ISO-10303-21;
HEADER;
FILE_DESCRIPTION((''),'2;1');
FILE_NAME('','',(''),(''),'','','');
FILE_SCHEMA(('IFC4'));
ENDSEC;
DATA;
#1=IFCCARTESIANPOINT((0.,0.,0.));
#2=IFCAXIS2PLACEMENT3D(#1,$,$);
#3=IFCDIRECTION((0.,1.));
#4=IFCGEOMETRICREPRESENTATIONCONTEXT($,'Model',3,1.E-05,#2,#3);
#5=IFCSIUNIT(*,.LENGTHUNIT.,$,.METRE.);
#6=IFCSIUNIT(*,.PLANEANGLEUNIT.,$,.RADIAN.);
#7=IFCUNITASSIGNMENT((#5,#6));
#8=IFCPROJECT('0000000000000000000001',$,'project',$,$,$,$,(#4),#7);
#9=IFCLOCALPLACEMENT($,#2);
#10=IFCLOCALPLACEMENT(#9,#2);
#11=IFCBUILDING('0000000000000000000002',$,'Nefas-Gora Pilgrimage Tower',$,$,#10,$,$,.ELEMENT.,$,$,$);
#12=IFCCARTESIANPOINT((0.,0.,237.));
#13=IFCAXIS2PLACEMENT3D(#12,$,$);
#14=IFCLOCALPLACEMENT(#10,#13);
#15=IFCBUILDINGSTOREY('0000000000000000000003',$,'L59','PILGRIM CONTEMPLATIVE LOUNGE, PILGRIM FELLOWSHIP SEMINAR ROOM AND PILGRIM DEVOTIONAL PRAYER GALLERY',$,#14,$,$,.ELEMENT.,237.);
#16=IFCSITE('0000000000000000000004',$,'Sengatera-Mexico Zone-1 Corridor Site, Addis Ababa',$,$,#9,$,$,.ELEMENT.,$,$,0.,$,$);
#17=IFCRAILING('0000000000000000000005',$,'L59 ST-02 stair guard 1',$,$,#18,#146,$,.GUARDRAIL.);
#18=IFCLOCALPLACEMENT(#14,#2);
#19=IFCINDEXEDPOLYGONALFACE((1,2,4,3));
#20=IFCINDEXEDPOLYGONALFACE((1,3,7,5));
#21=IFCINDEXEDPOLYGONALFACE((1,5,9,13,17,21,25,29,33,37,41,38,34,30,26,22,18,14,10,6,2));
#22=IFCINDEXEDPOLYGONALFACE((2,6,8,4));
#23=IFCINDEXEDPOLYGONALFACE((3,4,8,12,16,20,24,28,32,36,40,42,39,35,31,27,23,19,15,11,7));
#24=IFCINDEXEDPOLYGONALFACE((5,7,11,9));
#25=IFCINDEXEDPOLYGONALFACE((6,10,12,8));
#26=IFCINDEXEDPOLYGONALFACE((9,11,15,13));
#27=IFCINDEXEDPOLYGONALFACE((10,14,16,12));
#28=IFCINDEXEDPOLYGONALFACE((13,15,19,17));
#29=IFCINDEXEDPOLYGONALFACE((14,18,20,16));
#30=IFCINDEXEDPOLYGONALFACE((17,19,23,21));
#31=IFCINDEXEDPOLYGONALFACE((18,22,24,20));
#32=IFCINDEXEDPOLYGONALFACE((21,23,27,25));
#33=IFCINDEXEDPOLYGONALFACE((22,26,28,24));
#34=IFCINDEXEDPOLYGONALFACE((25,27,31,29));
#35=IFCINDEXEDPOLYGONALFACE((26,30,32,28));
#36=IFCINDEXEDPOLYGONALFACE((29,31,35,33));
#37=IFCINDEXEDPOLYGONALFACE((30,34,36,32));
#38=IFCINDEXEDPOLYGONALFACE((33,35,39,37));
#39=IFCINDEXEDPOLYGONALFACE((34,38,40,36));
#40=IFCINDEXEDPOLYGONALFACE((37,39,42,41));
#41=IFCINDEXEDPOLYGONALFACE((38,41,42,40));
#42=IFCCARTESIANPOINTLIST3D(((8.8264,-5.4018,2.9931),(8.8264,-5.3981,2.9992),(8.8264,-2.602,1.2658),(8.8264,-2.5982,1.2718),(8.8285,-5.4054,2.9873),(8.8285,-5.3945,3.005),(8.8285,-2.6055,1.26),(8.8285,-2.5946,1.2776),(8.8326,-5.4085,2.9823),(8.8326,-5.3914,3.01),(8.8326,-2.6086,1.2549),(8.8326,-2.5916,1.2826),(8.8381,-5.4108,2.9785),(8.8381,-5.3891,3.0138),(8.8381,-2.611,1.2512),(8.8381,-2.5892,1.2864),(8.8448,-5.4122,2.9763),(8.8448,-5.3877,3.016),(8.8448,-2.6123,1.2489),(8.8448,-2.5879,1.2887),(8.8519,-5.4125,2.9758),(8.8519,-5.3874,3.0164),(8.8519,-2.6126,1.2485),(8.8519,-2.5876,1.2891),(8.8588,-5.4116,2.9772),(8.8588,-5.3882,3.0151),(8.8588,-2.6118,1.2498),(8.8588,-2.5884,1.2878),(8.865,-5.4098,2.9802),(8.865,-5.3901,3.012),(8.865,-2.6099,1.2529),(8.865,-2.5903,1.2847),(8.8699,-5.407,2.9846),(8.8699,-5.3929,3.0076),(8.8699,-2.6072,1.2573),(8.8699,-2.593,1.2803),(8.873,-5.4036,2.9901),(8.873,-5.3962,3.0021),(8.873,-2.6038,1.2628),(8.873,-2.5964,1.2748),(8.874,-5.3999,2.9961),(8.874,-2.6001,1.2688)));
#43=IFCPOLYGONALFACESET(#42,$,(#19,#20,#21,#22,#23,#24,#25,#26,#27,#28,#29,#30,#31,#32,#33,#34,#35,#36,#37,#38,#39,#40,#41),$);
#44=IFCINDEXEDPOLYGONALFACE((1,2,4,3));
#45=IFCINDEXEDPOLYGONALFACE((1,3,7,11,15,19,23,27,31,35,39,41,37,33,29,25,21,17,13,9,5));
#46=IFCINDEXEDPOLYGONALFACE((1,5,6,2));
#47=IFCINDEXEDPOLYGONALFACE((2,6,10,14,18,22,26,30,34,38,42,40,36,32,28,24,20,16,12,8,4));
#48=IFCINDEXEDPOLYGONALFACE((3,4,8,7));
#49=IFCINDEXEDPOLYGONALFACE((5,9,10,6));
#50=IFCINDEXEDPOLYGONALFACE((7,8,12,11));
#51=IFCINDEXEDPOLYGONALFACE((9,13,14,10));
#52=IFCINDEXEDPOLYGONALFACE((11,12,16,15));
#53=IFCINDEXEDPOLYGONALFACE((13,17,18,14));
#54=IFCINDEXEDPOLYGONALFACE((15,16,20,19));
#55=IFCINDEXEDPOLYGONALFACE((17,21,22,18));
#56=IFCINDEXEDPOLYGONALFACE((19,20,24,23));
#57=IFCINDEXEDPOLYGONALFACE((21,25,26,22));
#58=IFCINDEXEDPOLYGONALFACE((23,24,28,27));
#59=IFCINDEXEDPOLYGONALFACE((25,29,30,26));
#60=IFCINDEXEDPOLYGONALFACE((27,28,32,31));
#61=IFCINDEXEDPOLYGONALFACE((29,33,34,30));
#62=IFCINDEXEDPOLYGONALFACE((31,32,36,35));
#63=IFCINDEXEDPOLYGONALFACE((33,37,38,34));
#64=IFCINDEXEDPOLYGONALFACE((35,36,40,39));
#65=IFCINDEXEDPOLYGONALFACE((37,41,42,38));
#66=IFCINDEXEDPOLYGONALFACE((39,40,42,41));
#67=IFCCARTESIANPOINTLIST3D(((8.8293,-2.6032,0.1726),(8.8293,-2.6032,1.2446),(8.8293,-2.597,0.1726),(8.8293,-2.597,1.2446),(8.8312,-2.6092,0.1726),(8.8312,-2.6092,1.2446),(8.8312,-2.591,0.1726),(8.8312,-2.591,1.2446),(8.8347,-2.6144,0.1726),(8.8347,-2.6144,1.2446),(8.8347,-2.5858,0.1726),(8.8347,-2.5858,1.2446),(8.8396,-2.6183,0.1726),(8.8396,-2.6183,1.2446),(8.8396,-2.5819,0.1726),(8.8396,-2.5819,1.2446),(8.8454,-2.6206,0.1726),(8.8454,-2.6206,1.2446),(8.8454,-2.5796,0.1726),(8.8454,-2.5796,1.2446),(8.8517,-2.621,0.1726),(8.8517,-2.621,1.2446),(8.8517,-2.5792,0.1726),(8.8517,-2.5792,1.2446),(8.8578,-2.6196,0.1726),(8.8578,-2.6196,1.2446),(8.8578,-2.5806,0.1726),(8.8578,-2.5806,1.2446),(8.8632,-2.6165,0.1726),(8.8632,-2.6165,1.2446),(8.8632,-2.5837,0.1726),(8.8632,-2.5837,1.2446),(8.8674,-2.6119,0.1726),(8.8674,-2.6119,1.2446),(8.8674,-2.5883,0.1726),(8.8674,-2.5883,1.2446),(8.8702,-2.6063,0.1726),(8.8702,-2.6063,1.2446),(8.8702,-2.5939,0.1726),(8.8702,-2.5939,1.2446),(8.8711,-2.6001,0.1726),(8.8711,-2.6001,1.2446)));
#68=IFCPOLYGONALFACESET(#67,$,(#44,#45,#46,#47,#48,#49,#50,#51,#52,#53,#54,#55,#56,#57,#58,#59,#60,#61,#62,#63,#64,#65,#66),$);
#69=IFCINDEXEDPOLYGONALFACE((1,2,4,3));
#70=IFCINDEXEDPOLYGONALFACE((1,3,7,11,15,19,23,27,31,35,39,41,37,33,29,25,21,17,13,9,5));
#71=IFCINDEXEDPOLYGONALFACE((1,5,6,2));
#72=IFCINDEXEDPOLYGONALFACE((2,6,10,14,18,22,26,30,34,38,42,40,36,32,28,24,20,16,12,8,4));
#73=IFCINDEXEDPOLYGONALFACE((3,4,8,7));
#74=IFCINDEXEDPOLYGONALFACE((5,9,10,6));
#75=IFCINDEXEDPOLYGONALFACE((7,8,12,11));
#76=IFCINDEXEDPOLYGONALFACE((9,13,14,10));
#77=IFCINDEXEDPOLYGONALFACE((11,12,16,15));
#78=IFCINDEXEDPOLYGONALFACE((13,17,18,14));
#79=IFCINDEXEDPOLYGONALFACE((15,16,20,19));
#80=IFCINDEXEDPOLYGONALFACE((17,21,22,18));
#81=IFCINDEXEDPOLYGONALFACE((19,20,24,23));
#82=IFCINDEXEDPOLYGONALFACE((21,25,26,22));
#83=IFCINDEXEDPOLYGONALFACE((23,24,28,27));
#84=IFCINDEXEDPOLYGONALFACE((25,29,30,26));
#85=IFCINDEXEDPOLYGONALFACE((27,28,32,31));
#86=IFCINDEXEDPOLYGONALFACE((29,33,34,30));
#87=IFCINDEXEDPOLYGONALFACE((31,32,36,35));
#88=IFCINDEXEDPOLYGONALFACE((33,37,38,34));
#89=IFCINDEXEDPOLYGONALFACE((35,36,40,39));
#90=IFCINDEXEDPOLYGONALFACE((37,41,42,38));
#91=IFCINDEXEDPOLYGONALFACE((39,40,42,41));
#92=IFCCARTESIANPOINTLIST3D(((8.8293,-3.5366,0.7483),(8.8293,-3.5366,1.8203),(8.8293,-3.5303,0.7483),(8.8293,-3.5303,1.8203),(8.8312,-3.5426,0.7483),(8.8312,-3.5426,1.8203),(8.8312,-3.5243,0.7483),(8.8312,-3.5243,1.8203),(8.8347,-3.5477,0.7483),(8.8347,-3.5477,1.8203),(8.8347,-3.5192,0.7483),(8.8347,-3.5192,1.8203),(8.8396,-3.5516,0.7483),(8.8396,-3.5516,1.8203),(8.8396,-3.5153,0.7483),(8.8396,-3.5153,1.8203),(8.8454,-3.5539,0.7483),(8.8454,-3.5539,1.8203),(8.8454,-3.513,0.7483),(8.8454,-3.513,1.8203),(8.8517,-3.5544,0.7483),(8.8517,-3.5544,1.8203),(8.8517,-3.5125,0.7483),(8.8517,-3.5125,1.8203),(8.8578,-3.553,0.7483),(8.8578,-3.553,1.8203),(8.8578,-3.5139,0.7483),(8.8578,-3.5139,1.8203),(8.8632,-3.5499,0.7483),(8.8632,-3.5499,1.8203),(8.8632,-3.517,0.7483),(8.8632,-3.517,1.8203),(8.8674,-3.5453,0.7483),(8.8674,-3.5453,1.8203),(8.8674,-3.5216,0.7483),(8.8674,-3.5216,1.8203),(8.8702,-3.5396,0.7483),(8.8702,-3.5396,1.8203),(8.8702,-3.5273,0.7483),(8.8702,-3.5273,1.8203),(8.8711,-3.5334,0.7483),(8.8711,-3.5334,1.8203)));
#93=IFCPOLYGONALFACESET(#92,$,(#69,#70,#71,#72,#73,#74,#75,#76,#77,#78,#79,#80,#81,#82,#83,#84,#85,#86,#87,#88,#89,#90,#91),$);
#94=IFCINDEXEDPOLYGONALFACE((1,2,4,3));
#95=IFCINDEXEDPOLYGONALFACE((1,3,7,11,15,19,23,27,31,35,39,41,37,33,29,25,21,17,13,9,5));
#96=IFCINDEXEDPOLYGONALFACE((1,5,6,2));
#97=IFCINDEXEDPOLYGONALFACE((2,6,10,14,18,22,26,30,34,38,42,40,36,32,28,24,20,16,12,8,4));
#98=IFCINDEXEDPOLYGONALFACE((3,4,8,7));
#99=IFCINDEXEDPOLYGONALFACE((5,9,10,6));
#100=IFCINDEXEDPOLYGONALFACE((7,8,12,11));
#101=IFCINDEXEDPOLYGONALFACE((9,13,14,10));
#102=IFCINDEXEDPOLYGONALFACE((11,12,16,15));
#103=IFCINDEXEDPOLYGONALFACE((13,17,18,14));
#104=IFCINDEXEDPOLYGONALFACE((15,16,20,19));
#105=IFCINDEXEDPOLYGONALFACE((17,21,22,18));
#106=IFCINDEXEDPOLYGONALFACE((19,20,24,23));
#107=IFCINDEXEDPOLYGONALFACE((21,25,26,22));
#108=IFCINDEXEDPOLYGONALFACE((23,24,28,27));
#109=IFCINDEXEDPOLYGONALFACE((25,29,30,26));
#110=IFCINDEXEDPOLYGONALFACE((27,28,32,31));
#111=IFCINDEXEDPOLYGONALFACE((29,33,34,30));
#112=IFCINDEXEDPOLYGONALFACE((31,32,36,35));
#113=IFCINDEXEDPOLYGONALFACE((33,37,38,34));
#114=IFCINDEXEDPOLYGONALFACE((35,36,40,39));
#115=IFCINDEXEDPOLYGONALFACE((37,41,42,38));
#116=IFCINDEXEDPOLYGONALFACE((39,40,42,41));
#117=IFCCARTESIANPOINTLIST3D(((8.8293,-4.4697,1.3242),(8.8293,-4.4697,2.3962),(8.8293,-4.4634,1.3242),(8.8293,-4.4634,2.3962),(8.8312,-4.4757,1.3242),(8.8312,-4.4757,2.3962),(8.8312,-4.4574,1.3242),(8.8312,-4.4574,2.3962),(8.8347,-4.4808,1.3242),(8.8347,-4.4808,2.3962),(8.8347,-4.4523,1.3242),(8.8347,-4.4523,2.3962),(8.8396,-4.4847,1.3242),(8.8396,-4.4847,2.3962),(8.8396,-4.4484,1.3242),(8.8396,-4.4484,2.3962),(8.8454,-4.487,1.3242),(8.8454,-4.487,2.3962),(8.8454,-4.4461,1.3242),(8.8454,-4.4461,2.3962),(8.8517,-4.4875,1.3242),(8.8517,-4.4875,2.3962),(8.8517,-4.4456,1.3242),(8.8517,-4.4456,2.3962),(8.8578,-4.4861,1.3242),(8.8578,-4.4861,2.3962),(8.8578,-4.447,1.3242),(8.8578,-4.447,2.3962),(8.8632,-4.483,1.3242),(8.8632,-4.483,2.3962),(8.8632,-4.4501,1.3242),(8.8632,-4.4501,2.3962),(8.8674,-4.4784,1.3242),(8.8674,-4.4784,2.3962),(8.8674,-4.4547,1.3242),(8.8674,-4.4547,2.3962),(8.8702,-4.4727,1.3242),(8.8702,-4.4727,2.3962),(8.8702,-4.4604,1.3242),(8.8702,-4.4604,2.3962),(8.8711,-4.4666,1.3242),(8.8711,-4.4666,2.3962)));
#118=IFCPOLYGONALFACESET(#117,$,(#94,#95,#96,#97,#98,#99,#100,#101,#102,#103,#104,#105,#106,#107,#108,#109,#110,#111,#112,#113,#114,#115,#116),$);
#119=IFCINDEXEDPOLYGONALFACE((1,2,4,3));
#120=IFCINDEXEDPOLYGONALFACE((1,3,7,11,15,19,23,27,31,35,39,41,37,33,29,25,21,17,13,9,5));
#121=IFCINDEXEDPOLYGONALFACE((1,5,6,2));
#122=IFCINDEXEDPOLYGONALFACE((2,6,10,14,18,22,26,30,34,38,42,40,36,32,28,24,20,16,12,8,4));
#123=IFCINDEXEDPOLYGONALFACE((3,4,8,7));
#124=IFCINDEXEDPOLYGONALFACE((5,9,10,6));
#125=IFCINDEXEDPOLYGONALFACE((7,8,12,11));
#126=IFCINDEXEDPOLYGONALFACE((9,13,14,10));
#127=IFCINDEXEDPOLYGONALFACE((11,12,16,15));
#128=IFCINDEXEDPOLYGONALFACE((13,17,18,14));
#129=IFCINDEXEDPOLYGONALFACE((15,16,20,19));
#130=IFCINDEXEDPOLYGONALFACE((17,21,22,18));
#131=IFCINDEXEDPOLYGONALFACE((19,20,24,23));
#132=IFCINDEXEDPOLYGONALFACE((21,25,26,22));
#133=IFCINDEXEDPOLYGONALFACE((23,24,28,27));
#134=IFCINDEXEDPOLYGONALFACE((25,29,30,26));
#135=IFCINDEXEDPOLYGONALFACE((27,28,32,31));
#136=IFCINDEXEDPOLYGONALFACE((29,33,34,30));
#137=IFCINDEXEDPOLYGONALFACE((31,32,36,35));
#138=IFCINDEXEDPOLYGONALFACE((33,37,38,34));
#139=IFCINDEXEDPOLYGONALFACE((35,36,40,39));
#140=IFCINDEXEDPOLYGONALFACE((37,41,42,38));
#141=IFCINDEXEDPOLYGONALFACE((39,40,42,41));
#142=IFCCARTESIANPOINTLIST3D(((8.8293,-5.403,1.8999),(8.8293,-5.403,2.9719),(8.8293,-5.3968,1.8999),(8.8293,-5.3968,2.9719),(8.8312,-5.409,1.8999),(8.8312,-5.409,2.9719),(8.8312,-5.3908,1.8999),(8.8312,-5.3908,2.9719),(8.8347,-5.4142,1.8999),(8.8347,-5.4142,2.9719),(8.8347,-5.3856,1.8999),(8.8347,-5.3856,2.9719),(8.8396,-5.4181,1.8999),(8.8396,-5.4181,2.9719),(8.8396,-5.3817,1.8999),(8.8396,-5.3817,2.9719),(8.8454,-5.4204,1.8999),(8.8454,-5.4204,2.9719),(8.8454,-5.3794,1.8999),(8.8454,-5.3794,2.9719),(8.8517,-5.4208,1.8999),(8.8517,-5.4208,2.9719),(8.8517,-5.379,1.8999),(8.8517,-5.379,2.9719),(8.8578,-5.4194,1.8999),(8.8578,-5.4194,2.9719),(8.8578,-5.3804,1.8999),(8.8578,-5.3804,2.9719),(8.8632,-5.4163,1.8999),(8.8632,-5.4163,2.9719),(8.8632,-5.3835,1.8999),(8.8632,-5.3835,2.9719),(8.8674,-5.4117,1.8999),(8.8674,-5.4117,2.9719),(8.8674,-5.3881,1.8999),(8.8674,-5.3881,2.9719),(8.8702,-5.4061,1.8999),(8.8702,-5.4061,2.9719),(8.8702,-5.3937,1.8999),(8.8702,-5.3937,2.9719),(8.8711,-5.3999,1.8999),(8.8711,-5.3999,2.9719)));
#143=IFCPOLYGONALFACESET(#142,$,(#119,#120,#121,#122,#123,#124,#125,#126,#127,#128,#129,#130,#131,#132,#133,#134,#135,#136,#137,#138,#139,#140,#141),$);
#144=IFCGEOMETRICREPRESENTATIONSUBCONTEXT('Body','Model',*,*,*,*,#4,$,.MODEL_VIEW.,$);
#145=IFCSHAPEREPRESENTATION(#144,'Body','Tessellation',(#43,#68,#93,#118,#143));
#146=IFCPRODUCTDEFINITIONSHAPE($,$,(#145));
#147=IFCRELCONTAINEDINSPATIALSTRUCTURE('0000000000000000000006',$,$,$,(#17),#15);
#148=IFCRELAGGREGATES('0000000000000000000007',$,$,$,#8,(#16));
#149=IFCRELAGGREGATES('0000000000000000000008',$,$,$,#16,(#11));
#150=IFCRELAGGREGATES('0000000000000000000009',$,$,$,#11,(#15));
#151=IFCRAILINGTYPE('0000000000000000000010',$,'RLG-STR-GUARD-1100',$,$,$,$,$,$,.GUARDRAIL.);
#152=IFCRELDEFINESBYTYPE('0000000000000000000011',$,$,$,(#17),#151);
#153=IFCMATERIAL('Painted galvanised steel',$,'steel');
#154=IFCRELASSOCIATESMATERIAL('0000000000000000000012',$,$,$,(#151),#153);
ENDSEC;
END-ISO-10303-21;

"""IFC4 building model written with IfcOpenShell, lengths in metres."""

from ifc_helpers import new_model, si_unit, direction, frame, origin, origin_2d, place, context, subcontext, project, spatial, circle, extrude, material, type_object, element, save


model = new_model("IFC4")

# Units and contexts
model_context = context("Model", 3, precision=1e-05, world=origin(), true_north=direction((0.0, 1.0)))
body_context = subcontext(model_context, "Body", "Model", "MODEL_VIEW")
ifc_project = project(units=[si_unit("LENGTHUNIT", "METRE"), si_unit("PLANEANGLEUNIT", "RADIAN")], contexts=[model_context])

# Site, building, storey
site_placement = place(None, origin())
site = spatial("IfcSite", under=ifc_project, at=site_placement, Name="Sengatera-Mexico Zone-1 Corridor Site, Addis Ababa", CompositionType="ELEMENT", RefElevation=0.0)
building_placement = place(site_placement, origin())
building = spatial("IfcBuilding", under=site, at=building_placement, Name="Nefas-Gora Pilgrimage Tower", CompositionType="ELEMENT")
storey_placement = place(building_placement, frame((0.0, 0.0, 237.0)))
storey = spatial("IfcBuildingStorey", under=building, at=storey_placement, Name="L59", Description="PILGRIM CONTEMPLATIVE LOUNGE, PILGRIM FELLOWSHIP SEMINAR ROOM AND PILGRIM DEVOTIONAL PRAYER GALLERY", CompositionType="ELEMENT", Elevation=237.0)

# Railing
ifc_material_1 = material(Name="Painted galvanised steel", Category="steel")
railing_type_1 = type_object("IfcRailingType", Name="RLG-STR-GUARD-1100", PredefinedType="GUARDRAIL", material=ifc_material_1)
railing_1_placement = place(storey_placement, frame((8.8501, -2.6001, 0.1726)))
element("IfcRailing", 1, at=railing_1_placement, inside=storey, type_object=railing_type_1, Name="L59 ST-02 stair guard 1", PredefinedType="GUARDRAIL", context=body_context, shape_type="SweptSolid", body=[
    extrude(circle(Radius=0.0239, at=origin_2d()), frame((0.0, 0.0, 1.0962), z_axis=(0.0, -0.851069, 0.525054), x_axis=(1.0, 0.0, 0.0)), (0.0, 0.0, 1.0), 3.2898),
    extrude(circle(Radius=0.021, at=origin_2d()), origin(), (0.0, 0.0, 1.0), 1.072),
    extrude(circle(Radius=0.021, at=origin_2d()), frame((0.0, -0.9333, 0.5757)), (0.0, 0.0, 1.0), 1.072),
    extrude(circle(Radius=0.021, at=origin_2d()), frame((0.0, -1.8665, 1.1516)), (0.0, 0.0, 1.0), 1.072),
    extrude(circle(Radius=0.021, at=origin_2d()), frame((0.0, -2.7998, 1.7273)), (0.0, 0.0, 1.0), 1.072),
])

save(model, "model.ifc")
